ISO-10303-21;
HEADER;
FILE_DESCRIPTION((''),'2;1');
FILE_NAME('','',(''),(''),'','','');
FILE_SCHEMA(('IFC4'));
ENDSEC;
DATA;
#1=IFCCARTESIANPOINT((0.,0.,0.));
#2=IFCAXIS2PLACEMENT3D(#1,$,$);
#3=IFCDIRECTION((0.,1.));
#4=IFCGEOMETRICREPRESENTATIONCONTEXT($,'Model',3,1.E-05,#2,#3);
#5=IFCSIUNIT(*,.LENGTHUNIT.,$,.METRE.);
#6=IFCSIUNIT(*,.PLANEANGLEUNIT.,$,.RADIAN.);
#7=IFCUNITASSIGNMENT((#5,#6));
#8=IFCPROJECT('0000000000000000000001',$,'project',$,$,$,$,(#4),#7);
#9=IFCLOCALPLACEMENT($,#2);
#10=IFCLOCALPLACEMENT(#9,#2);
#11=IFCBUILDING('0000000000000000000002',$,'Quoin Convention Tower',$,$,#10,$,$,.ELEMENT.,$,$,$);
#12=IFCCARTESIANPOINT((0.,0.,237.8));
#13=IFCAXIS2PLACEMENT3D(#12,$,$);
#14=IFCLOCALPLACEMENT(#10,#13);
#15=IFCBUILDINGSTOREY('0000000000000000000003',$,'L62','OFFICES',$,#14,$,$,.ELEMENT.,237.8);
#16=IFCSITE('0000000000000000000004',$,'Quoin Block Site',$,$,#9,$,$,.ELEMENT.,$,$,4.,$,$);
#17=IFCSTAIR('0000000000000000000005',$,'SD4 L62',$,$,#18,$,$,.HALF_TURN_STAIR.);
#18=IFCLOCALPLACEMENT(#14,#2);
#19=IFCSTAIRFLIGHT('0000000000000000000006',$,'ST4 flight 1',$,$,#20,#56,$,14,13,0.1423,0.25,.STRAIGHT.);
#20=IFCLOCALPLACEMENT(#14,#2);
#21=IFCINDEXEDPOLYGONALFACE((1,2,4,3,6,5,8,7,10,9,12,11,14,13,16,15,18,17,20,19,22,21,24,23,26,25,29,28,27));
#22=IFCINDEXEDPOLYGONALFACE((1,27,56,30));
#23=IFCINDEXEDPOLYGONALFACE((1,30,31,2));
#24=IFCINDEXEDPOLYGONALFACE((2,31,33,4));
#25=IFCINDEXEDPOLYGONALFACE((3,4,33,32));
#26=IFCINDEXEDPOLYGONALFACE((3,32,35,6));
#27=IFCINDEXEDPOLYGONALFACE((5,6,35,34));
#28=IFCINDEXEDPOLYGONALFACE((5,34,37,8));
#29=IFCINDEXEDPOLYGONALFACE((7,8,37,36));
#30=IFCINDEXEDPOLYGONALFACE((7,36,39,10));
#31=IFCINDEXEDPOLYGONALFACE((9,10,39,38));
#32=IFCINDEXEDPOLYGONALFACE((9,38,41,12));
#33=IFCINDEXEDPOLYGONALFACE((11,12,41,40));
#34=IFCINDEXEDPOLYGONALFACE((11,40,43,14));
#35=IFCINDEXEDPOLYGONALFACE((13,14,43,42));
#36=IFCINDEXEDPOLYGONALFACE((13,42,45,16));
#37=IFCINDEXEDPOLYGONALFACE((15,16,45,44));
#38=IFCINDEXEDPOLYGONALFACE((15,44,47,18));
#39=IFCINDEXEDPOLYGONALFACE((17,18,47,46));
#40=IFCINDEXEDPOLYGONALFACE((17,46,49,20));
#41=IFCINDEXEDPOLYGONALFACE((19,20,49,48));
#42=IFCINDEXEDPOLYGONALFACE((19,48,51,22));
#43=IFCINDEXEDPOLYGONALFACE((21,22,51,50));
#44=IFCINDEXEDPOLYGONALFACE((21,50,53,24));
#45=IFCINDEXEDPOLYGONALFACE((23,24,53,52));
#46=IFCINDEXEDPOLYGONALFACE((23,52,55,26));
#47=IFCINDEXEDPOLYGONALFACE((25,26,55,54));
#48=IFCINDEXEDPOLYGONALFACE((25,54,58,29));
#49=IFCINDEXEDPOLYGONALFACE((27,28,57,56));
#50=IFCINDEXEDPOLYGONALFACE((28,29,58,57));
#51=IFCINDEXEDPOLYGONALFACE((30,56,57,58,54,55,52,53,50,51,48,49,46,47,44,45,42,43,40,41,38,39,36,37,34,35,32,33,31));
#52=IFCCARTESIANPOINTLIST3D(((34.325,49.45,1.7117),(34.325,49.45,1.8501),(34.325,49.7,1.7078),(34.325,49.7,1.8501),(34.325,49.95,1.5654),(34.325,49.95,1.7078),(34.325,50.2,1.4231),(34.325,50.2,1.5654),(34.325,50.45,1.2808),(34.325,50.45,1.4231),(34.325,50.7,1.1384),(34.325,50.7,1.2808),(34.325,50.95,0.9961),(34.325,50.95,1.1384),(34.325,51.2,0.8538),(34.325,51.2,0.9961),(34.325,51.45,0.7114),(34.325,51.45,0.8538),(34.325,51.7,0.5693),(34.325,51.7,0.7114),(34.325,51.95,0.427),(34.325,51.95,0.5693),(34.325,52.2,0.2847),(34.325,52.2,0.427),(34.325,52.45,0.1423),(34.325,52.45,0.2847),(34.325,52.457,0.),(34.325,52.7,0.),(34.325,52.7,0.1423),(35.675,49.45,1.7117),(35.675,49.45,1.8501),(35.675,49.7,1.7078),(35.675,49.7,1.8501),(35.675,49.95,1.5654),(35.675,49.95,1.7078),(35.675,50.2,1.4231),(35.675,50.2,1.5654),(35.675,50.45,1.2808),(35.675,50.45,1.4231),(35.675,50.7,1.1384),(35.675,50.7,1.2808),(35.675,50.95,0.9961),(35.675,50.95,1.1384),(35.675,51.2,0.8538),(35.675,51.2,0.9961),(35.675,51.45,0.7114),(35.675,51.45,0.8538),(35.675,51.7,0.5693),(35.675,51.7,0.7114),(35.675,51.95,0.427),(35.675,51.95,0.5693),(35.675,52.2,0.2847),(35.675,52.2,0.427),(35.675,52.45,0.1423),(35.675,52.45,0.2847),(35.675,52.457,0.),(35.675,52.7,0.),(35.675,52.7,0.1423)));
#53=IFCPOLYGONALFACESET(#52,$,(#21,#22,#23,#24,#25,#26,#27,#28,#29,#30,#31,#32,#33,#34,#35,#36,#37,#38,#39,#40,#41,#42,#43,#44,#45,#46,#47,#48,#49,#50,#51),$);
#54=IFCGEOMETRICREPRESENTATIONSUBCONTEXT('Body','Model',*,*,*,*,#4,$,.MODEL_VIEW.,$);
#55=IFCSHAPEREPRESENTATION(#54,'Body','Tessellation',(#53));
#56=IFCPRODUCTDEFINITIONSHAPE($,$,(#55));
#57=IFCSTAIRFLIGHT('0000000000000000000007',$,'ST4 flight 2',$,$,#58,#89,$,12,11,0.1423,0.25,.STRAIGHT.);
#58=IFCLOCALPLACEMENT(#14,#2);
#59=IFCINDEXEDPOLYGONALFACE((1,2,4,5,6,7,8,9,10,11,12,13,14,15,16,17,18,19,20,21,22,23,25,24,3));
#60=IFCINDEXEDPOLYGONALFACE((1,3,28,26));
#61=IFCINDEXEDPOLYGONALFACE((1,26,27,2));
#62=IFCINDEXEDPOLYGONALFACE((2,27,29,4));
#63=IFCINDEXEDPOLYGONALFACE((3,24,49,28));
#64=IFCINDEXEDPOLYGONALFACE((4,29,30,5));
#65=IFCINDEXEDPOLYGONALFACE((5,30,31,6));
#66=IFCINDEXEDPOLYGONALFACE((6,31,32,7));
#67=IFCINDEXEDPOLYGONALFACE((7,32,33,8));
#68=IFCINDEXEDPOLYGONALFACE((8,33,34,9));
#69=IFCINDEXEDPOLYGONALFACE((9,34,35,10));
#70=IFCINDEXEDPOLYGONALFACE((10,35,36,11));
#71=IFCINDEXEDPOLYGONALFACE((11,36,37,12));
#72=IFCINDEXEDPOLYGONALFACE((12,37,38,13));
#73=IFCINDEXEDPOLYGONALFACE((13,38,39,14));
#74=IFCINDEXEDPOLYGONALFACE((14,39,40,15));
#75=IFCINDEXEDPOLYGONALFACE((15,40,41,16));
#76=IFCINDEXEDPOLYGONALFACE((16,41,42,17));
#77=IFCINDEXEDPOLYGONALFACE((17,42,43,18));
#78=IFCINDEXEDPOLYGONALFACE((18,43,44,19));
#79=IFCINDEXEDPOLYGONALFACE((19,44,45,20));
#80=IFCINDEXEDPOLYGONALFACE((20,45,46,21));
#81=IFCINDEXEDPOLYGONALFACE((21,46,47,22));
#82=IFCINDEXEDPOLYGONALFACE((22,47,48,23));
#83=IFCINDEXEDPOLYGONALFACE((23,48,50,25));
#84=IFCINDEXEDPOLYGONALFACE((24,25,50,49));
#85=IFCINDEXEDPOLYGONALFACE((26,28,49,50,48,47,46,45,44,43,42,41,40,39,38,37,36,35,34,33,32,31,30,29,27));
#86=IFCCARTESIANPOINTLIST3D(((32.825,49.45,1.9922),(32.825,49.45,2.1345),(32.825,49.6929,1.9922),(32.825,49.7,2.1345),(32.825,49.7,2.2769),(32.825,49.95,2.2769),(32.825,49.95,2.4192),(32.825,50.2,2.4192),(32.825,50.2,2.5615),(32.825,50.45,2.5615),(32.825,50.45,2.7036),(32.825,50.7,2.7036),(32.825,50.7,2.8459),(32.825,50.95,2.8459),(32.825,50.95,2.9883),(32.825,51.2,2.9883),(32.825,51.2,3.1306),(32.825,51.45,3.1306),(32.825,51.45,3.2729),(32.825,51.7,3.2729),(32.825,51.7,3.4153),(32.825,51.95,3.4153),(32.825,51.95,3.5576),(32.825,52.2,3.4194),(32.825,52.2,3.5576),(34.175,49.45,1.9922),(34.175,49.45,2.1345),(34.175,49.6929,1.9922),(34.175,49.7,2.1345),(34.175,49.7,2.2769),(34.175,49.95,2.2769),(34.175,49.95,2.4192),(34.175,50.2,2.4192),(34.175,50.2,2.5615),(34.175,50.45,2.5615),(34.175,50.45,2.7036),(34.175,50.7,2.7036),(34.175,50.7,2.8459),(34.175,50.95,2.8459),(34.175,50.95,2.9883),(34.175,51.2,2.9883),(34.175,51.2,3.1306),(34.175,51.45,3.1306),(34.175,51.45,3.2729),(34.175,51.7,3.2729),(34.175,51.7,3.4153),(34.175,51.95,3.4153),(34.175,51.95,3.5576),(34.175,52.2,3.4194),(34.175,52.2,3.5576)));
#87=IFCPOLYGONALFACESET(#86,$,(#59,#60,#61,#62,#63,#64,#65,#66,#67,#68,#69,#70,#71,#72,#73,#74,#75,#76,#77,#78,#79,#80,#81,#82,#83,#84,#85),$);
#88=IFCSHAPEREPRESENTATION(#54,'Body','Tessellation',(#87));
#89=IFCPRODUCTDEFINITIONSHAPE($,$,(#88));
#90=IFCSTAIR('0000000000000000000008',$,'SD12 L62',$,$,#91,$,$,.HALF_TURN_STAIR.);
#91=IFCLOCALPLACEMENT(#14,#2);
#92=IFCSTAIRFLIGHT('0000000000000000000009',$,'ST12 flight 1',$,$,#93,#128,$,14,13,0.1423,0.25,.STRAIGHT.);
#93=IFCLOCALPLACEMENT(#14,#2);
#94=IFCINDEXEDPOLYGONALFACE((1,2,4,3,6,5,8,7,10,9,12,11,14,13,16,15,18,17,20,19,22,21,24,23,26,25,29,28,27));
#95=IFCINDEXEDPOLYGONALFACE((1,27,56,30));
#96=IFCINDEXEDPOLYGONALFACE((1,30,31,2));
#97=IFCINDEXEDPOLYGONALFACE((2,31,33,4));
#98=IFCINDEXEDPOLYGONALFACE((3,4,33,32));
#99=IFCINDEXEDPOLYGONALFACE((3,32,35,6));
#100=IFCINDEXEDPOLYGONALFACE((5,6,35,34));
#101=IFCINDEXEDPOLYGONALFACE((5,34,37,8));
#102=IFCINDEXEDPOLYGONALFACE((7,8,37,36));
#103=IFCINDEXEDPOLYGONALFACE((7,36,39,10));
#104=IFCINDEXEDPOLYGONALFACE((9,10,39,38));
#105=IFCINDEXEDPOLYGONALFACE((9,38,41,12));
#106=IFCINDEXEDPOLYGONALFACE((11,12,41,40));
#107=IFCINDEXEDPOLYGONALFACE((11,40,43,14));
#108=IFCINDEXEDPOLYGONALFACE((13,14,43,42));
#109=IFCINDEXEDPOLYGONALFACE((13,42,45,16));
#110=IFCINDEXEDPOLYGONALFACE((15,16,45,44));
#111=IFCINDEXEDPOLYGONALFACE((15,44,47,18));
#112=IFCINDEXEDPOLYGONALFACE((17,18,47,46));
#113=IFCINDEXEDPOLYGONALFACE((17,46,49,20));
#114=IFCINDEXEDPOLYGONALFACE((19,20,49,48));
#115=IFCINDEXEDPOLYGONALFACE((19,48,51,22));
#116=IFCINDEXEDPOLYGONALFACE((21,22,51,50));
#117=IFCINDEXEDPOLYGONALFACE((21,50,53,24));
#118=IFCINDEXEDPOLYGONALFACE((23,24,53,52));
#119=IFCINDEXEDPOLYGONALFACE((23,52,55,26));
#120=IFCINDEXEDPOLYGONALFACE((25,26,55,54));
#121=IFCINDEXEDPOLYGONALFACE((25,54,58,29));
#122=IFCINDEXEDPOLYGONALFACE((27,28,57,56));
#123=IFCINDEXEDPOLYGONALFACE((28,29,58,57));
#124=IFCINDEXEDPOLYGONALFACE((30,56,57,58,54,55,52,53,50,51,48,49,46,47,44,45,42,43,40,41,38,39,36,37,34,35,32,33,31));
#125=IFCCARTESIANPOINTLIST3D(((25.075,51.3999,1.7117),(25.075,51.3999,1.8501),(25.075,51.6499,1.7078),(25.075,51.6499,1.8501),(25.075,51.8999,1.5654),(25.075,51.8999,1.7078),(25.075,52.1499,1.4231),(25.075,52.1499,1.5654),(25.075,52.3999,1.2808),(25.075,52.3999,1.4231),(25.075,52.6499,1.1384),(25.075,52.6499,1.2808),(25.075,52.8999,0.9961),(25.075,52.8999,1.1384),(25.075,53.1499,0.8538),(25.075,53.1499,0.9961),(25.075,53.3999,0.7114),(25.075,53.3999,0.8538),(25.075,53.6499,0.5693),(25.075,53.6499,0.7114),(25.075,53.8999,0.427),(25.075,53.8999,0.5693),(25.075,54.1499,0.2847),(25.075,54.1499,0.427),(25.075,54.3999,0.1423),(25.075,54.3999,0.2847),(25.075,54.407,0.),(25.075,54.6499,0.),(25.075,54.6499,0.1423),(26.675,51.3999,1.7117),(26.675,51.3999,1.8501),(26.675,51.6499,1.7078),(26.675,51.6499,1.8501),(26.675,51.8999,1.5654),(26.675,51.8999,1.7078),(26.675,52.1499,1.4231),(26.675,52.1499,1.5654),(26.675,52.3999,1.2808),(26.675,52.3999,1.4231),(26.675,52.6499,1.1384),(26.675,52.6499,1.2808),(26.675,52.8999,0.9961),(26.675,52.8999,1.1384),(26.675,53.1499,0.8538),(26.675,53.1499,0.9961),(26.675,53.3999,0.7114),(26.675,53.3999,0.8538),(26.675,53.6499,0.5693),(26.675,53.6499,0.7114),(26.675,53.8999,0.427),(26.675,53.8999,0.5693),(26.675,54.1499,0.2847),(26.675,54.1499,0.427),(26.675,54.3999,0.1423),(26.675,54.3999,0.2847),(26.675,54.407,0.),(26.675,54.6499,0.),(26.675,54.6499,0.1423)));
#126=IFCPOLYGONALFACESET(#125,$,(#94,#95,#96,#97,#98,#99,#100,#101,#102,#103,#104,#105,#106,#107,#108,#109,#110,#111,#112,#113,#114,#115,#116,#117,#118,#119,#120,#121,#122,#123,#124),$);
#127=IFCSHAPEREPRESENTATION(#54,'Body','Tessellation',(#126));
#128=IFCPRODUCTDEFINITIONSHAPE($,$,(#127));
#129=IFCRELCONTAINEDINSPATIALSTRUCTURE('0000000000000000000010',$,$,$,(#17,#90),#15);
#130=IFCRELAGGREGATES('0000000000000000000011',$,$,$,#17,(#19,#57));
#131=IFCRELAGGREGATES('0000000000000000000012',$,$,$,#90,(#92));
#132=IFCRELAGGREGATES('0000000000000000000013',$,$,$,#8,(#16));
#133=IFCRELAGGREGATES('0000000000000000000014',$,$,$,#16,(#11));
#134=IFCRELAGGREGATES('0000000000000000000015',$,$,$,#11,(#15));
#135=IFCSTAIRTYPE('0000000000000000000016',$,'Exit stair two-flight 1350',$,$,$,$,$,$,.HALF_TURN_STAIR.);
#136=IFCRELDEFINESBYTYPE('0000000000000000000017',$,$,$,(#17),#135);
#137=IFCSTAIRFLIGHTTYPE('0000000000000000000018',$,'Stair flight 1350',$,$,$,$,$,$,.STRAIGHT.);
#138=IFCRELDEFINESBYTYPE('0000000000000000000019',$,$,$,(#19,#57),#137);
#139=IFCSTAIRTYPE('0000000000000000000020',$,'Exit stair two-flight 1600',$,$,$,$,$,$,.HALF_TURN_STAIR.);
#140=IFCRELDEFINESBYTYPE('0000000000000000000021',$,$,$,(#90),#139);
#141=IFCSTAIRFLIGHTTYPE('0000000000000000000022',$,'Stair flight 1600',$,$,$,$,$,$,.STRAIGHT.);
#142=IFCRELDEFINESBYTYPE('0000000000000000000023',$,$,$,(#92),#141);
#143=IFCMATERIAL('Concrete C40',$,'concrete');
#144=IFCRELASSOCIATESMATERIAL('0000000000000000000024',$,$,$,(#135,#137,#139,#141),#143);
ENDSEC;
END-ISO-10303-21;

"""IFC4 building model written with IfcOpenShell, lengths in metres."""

from ifc_helpers import new_model, si_unit, direction, frame, origin, place, context, subcontext, project, spatial, polyline, outline, extrude, material, type_object, element, aggregate, save


model = new_model("IFC4")

# Units and contexts
model_context = context("Model", 3, precision=1e-05, world=origin(), true_north=direction((0.0, 1.0)))
body_context = subcontext(model_context, "Body", "Model", "MODEL_VIEW")
ifc_project = project(units=[si_unit("LENGTHUNIT", "METRE"), si_unit("PLANEANGLEUNIT", "RADIAN")], contexts=[model_context])

# Site, building, storey
site_placement = place(None, origin())
site = spatial("IfcSite", under=ifc_project, at=site_placement, Name="Quoin Block Site", CompositionType="ELEMENT", RefElevation=4.0)
building_placement = place(site_placement, origin())
building = spatial("IfcBuilding", under=site, at=building_placement, Name="Quoin Convention Tower", CompositionType="ELEMENT")
storey_placement = place(building_placement, frame((0.0, 0.0, 237.8)))
storey = spatial("IfcBuildingStorey", under=building, at=storey_placement, Name="L62", Description="OFFICES", CompositionType="ELEMENT", Elevation=237.8)

# Shared definitions
ifc_material_1 = material(Name="Concrete C40", Category="concrete")
stair_type_1 = type_object("IfcStairType", Name="Exit stair two-flight 1350", PredefinedType="HALF_TURN_STAIR", material=ifc_material_1)
stair_flight_type_1 = type_object("IfcStairFlightType", Name="Stair flight 1350", PredefinedType="STRAIGHT", material=ifc_material_1)

# Stair, stair flights
stair_1_placement = place(storey_placement, origin())
stair_1 = element("IfcStair", 1, at=stair_1_placement, inside=storey, type_object=stair_type_1, Name="SD4 L62", PredefinedType="HALF_TURN_STAIR")
stair_flight_1_placement = place(storey_placement, frame((35.0, 52.7, 0.0), z_axis=(0.0, 0.0, 1.0), x_axis=(0.0, -1.0, 0.0)))
stair_flight_1 = element("IfcStairFlight", 2, at=stair_flight_1_placement, type_object=stair_flight_type_1, Name="ST4 flight 1", NumberOfRisers=14, NumberOfTreads=13, PredefinedType="STRAIGHT", RiserHeight=0.1423, TreadLength=0.25, context=body_context, shape_type="SweptSolid", body=[
    extrude(outline(polyline([(0.0, 0.0), (0.0, 0.1423), (0.25, 0.1423), (0.25, 0.2847), (0.5, 0.2847), (0.5, 0.427), (0.75, 0.427), (0.75, 0.5693), (1.0, 0.5693), (1.0, 0.7114), (1.25, 0.7114), (1.25, 0.8538), (1.5, 0.8538), (1.5, 0.9961), (1.75, 0.9961), (1.75, 1.1384), (2.0, 1.1384), (2.0, 1.2808), (2.25, 1.2808), (2.25, 1.4231), (2.5, 1.4231), (2.5, 1.5654), (2.75, 1.5654), (2.75, 1.7078), (3.0, 1.7078), (3.0, 1.8501), (3.25, 1.8501), (3.25, 1.9922), (3.25, 1.7117), (0.2429, 0.0), (0.0, 0.0)])), frame((0.0, 0.675, 0.0), z_axis=(0.0, -1.0, 0.0), x_axis=(1.0, 0.0, 0.0)), (0.0, 0.0, 1.0), 1.3501),
])
stair_flight_2_placement = place(storey_placement, frame((33.5, 49.45, 1.9922), z_axis=(0.0, 0.0, 1.0), x_axis=(0.0, 1.0, 0.0)))
stair_flight_2 = element("IfcStairFlight", 3, at=stair_flight_2_placement, type_object=stair_flight_type_1, Name="ST4 flight 2", NumberOfRisers=12, NumberOfTreads=11, PredefinedType="STRAIGHT", RiserHeight=0.1423, TreadLength=0.25, context=body_context, shape_type="SweptSolid", body=[
    extrude(outline(polyline([(0.0, 0.0), (0.0, 0.1423), (0.25, 0.1423), (0.25, 0.2847), (0.5, 0.2847), (0.5, 0.427), (0.75, 0.427), (0.75, 0.5693), (1.0, 0.5693), (1.0, 0.7114), (1.25, 0.7114), (1.25, 0.8538), (1.5, 0.8538), (1.5, 0.9961), (1.75, 0.9961), (1.75, 1.1384), (2.0, 1.1384), (2.0, 1.2808), (2.25, 1.2808), (2.25, 1.4231), (2.5, 1.4231), (2.5, 1.5654), (2.75, 1.5654), (2.75, 1.7078), (2.75, 1.4272), (0.2429, 0.0), (0.0, 0.0)])), frame((0.0, 0.675, 0.0), z_axis=(0.0, -1.0, 0.0), x_axis=(1.0, 0.0, 0.0)), (0.0, 0.0, 1.0), 1.3501),
])
aggregate(stair_1, [stair_flight_1, stair_flight_2])

# Stair, stair flight
stair_type_2 = type_object("IfcStairType", Name="Exit stair two-flight 1600", PredefinedType="HALF_TURN_STAIR", material=ifc_material_1)
stair_2_placement = place(storey_placement, origin())
stair_2 = element("IfcStair", 4, at=stair_2_placement, inside=storey, type_object=stair_type_2, Name="SD12 L62", PredefinedType="HALF_TURN_STAIR")
stair_flight_type_2 = type_object("IfcStairFlightType", Name="Stair flight 1600", PredefinedType="STRAIGHT", material=ifc_material_1)
stair_flight_3_placement = place(storey_placement, frame((25.875, 54.6499, 0.0), z_axis=(0.0, 0.0, 1.0), x_axis=(0.0, -1.0, 0.0)))
stair_flight_3 = element("IfcStairFlight", 5, at=stair_flight_3_placement, type_object=stair_flight_type_2, Name="ST12 flight 1", NumberOfRisers=14, NumberOfTreads=13, PredefinedType="STRAIGHT", RiserHeight=0.1423, TreadLength=0.25, context=body_context, shape_type="SweptSolid", body=[
    extrude(outline(polyline([(0.0, 0.0), (0.0, 0.1423), (0.25, 0.1423), (0.25, 0.2847), (0.5, 0.2847), (0.5, 0.427), (0.75, 0.427), (0.75, 0.5693), (1.0, 0.5693), (1.0, 0.7114), (1.25, 0.7114), (1.25, 0.8538), (1.5, 0.8538), (1.5, 0.9961), (1.75, 0.9961), (1.75, 1.1384), (2.0, 1.1384), (2.0, 1.2808), (2.25, 1.2808), (2.25, 1.4231), (2.5, 1.4231), (2.5, 1.5654), (2.75, 1.5654), (2.75, 1.7078), (3.0, 1.7078), (3.0, 1.8501), (3.25, 1.8501), (3.25, 1.9922), (3.25, 1.7117), (0.2429, 0.0), (0.0, 0.0)])), frame((0.0, 0.8, 0.0), z_axis=(0.0, -1.0, 0.0), x_axis=(1.0, 0.0, 0.0)), (0.0, 0.0, 1.0), 1.6001),
])
aggregate(stair_2, [stair_flight_3])

save(model, "model.ifc")
